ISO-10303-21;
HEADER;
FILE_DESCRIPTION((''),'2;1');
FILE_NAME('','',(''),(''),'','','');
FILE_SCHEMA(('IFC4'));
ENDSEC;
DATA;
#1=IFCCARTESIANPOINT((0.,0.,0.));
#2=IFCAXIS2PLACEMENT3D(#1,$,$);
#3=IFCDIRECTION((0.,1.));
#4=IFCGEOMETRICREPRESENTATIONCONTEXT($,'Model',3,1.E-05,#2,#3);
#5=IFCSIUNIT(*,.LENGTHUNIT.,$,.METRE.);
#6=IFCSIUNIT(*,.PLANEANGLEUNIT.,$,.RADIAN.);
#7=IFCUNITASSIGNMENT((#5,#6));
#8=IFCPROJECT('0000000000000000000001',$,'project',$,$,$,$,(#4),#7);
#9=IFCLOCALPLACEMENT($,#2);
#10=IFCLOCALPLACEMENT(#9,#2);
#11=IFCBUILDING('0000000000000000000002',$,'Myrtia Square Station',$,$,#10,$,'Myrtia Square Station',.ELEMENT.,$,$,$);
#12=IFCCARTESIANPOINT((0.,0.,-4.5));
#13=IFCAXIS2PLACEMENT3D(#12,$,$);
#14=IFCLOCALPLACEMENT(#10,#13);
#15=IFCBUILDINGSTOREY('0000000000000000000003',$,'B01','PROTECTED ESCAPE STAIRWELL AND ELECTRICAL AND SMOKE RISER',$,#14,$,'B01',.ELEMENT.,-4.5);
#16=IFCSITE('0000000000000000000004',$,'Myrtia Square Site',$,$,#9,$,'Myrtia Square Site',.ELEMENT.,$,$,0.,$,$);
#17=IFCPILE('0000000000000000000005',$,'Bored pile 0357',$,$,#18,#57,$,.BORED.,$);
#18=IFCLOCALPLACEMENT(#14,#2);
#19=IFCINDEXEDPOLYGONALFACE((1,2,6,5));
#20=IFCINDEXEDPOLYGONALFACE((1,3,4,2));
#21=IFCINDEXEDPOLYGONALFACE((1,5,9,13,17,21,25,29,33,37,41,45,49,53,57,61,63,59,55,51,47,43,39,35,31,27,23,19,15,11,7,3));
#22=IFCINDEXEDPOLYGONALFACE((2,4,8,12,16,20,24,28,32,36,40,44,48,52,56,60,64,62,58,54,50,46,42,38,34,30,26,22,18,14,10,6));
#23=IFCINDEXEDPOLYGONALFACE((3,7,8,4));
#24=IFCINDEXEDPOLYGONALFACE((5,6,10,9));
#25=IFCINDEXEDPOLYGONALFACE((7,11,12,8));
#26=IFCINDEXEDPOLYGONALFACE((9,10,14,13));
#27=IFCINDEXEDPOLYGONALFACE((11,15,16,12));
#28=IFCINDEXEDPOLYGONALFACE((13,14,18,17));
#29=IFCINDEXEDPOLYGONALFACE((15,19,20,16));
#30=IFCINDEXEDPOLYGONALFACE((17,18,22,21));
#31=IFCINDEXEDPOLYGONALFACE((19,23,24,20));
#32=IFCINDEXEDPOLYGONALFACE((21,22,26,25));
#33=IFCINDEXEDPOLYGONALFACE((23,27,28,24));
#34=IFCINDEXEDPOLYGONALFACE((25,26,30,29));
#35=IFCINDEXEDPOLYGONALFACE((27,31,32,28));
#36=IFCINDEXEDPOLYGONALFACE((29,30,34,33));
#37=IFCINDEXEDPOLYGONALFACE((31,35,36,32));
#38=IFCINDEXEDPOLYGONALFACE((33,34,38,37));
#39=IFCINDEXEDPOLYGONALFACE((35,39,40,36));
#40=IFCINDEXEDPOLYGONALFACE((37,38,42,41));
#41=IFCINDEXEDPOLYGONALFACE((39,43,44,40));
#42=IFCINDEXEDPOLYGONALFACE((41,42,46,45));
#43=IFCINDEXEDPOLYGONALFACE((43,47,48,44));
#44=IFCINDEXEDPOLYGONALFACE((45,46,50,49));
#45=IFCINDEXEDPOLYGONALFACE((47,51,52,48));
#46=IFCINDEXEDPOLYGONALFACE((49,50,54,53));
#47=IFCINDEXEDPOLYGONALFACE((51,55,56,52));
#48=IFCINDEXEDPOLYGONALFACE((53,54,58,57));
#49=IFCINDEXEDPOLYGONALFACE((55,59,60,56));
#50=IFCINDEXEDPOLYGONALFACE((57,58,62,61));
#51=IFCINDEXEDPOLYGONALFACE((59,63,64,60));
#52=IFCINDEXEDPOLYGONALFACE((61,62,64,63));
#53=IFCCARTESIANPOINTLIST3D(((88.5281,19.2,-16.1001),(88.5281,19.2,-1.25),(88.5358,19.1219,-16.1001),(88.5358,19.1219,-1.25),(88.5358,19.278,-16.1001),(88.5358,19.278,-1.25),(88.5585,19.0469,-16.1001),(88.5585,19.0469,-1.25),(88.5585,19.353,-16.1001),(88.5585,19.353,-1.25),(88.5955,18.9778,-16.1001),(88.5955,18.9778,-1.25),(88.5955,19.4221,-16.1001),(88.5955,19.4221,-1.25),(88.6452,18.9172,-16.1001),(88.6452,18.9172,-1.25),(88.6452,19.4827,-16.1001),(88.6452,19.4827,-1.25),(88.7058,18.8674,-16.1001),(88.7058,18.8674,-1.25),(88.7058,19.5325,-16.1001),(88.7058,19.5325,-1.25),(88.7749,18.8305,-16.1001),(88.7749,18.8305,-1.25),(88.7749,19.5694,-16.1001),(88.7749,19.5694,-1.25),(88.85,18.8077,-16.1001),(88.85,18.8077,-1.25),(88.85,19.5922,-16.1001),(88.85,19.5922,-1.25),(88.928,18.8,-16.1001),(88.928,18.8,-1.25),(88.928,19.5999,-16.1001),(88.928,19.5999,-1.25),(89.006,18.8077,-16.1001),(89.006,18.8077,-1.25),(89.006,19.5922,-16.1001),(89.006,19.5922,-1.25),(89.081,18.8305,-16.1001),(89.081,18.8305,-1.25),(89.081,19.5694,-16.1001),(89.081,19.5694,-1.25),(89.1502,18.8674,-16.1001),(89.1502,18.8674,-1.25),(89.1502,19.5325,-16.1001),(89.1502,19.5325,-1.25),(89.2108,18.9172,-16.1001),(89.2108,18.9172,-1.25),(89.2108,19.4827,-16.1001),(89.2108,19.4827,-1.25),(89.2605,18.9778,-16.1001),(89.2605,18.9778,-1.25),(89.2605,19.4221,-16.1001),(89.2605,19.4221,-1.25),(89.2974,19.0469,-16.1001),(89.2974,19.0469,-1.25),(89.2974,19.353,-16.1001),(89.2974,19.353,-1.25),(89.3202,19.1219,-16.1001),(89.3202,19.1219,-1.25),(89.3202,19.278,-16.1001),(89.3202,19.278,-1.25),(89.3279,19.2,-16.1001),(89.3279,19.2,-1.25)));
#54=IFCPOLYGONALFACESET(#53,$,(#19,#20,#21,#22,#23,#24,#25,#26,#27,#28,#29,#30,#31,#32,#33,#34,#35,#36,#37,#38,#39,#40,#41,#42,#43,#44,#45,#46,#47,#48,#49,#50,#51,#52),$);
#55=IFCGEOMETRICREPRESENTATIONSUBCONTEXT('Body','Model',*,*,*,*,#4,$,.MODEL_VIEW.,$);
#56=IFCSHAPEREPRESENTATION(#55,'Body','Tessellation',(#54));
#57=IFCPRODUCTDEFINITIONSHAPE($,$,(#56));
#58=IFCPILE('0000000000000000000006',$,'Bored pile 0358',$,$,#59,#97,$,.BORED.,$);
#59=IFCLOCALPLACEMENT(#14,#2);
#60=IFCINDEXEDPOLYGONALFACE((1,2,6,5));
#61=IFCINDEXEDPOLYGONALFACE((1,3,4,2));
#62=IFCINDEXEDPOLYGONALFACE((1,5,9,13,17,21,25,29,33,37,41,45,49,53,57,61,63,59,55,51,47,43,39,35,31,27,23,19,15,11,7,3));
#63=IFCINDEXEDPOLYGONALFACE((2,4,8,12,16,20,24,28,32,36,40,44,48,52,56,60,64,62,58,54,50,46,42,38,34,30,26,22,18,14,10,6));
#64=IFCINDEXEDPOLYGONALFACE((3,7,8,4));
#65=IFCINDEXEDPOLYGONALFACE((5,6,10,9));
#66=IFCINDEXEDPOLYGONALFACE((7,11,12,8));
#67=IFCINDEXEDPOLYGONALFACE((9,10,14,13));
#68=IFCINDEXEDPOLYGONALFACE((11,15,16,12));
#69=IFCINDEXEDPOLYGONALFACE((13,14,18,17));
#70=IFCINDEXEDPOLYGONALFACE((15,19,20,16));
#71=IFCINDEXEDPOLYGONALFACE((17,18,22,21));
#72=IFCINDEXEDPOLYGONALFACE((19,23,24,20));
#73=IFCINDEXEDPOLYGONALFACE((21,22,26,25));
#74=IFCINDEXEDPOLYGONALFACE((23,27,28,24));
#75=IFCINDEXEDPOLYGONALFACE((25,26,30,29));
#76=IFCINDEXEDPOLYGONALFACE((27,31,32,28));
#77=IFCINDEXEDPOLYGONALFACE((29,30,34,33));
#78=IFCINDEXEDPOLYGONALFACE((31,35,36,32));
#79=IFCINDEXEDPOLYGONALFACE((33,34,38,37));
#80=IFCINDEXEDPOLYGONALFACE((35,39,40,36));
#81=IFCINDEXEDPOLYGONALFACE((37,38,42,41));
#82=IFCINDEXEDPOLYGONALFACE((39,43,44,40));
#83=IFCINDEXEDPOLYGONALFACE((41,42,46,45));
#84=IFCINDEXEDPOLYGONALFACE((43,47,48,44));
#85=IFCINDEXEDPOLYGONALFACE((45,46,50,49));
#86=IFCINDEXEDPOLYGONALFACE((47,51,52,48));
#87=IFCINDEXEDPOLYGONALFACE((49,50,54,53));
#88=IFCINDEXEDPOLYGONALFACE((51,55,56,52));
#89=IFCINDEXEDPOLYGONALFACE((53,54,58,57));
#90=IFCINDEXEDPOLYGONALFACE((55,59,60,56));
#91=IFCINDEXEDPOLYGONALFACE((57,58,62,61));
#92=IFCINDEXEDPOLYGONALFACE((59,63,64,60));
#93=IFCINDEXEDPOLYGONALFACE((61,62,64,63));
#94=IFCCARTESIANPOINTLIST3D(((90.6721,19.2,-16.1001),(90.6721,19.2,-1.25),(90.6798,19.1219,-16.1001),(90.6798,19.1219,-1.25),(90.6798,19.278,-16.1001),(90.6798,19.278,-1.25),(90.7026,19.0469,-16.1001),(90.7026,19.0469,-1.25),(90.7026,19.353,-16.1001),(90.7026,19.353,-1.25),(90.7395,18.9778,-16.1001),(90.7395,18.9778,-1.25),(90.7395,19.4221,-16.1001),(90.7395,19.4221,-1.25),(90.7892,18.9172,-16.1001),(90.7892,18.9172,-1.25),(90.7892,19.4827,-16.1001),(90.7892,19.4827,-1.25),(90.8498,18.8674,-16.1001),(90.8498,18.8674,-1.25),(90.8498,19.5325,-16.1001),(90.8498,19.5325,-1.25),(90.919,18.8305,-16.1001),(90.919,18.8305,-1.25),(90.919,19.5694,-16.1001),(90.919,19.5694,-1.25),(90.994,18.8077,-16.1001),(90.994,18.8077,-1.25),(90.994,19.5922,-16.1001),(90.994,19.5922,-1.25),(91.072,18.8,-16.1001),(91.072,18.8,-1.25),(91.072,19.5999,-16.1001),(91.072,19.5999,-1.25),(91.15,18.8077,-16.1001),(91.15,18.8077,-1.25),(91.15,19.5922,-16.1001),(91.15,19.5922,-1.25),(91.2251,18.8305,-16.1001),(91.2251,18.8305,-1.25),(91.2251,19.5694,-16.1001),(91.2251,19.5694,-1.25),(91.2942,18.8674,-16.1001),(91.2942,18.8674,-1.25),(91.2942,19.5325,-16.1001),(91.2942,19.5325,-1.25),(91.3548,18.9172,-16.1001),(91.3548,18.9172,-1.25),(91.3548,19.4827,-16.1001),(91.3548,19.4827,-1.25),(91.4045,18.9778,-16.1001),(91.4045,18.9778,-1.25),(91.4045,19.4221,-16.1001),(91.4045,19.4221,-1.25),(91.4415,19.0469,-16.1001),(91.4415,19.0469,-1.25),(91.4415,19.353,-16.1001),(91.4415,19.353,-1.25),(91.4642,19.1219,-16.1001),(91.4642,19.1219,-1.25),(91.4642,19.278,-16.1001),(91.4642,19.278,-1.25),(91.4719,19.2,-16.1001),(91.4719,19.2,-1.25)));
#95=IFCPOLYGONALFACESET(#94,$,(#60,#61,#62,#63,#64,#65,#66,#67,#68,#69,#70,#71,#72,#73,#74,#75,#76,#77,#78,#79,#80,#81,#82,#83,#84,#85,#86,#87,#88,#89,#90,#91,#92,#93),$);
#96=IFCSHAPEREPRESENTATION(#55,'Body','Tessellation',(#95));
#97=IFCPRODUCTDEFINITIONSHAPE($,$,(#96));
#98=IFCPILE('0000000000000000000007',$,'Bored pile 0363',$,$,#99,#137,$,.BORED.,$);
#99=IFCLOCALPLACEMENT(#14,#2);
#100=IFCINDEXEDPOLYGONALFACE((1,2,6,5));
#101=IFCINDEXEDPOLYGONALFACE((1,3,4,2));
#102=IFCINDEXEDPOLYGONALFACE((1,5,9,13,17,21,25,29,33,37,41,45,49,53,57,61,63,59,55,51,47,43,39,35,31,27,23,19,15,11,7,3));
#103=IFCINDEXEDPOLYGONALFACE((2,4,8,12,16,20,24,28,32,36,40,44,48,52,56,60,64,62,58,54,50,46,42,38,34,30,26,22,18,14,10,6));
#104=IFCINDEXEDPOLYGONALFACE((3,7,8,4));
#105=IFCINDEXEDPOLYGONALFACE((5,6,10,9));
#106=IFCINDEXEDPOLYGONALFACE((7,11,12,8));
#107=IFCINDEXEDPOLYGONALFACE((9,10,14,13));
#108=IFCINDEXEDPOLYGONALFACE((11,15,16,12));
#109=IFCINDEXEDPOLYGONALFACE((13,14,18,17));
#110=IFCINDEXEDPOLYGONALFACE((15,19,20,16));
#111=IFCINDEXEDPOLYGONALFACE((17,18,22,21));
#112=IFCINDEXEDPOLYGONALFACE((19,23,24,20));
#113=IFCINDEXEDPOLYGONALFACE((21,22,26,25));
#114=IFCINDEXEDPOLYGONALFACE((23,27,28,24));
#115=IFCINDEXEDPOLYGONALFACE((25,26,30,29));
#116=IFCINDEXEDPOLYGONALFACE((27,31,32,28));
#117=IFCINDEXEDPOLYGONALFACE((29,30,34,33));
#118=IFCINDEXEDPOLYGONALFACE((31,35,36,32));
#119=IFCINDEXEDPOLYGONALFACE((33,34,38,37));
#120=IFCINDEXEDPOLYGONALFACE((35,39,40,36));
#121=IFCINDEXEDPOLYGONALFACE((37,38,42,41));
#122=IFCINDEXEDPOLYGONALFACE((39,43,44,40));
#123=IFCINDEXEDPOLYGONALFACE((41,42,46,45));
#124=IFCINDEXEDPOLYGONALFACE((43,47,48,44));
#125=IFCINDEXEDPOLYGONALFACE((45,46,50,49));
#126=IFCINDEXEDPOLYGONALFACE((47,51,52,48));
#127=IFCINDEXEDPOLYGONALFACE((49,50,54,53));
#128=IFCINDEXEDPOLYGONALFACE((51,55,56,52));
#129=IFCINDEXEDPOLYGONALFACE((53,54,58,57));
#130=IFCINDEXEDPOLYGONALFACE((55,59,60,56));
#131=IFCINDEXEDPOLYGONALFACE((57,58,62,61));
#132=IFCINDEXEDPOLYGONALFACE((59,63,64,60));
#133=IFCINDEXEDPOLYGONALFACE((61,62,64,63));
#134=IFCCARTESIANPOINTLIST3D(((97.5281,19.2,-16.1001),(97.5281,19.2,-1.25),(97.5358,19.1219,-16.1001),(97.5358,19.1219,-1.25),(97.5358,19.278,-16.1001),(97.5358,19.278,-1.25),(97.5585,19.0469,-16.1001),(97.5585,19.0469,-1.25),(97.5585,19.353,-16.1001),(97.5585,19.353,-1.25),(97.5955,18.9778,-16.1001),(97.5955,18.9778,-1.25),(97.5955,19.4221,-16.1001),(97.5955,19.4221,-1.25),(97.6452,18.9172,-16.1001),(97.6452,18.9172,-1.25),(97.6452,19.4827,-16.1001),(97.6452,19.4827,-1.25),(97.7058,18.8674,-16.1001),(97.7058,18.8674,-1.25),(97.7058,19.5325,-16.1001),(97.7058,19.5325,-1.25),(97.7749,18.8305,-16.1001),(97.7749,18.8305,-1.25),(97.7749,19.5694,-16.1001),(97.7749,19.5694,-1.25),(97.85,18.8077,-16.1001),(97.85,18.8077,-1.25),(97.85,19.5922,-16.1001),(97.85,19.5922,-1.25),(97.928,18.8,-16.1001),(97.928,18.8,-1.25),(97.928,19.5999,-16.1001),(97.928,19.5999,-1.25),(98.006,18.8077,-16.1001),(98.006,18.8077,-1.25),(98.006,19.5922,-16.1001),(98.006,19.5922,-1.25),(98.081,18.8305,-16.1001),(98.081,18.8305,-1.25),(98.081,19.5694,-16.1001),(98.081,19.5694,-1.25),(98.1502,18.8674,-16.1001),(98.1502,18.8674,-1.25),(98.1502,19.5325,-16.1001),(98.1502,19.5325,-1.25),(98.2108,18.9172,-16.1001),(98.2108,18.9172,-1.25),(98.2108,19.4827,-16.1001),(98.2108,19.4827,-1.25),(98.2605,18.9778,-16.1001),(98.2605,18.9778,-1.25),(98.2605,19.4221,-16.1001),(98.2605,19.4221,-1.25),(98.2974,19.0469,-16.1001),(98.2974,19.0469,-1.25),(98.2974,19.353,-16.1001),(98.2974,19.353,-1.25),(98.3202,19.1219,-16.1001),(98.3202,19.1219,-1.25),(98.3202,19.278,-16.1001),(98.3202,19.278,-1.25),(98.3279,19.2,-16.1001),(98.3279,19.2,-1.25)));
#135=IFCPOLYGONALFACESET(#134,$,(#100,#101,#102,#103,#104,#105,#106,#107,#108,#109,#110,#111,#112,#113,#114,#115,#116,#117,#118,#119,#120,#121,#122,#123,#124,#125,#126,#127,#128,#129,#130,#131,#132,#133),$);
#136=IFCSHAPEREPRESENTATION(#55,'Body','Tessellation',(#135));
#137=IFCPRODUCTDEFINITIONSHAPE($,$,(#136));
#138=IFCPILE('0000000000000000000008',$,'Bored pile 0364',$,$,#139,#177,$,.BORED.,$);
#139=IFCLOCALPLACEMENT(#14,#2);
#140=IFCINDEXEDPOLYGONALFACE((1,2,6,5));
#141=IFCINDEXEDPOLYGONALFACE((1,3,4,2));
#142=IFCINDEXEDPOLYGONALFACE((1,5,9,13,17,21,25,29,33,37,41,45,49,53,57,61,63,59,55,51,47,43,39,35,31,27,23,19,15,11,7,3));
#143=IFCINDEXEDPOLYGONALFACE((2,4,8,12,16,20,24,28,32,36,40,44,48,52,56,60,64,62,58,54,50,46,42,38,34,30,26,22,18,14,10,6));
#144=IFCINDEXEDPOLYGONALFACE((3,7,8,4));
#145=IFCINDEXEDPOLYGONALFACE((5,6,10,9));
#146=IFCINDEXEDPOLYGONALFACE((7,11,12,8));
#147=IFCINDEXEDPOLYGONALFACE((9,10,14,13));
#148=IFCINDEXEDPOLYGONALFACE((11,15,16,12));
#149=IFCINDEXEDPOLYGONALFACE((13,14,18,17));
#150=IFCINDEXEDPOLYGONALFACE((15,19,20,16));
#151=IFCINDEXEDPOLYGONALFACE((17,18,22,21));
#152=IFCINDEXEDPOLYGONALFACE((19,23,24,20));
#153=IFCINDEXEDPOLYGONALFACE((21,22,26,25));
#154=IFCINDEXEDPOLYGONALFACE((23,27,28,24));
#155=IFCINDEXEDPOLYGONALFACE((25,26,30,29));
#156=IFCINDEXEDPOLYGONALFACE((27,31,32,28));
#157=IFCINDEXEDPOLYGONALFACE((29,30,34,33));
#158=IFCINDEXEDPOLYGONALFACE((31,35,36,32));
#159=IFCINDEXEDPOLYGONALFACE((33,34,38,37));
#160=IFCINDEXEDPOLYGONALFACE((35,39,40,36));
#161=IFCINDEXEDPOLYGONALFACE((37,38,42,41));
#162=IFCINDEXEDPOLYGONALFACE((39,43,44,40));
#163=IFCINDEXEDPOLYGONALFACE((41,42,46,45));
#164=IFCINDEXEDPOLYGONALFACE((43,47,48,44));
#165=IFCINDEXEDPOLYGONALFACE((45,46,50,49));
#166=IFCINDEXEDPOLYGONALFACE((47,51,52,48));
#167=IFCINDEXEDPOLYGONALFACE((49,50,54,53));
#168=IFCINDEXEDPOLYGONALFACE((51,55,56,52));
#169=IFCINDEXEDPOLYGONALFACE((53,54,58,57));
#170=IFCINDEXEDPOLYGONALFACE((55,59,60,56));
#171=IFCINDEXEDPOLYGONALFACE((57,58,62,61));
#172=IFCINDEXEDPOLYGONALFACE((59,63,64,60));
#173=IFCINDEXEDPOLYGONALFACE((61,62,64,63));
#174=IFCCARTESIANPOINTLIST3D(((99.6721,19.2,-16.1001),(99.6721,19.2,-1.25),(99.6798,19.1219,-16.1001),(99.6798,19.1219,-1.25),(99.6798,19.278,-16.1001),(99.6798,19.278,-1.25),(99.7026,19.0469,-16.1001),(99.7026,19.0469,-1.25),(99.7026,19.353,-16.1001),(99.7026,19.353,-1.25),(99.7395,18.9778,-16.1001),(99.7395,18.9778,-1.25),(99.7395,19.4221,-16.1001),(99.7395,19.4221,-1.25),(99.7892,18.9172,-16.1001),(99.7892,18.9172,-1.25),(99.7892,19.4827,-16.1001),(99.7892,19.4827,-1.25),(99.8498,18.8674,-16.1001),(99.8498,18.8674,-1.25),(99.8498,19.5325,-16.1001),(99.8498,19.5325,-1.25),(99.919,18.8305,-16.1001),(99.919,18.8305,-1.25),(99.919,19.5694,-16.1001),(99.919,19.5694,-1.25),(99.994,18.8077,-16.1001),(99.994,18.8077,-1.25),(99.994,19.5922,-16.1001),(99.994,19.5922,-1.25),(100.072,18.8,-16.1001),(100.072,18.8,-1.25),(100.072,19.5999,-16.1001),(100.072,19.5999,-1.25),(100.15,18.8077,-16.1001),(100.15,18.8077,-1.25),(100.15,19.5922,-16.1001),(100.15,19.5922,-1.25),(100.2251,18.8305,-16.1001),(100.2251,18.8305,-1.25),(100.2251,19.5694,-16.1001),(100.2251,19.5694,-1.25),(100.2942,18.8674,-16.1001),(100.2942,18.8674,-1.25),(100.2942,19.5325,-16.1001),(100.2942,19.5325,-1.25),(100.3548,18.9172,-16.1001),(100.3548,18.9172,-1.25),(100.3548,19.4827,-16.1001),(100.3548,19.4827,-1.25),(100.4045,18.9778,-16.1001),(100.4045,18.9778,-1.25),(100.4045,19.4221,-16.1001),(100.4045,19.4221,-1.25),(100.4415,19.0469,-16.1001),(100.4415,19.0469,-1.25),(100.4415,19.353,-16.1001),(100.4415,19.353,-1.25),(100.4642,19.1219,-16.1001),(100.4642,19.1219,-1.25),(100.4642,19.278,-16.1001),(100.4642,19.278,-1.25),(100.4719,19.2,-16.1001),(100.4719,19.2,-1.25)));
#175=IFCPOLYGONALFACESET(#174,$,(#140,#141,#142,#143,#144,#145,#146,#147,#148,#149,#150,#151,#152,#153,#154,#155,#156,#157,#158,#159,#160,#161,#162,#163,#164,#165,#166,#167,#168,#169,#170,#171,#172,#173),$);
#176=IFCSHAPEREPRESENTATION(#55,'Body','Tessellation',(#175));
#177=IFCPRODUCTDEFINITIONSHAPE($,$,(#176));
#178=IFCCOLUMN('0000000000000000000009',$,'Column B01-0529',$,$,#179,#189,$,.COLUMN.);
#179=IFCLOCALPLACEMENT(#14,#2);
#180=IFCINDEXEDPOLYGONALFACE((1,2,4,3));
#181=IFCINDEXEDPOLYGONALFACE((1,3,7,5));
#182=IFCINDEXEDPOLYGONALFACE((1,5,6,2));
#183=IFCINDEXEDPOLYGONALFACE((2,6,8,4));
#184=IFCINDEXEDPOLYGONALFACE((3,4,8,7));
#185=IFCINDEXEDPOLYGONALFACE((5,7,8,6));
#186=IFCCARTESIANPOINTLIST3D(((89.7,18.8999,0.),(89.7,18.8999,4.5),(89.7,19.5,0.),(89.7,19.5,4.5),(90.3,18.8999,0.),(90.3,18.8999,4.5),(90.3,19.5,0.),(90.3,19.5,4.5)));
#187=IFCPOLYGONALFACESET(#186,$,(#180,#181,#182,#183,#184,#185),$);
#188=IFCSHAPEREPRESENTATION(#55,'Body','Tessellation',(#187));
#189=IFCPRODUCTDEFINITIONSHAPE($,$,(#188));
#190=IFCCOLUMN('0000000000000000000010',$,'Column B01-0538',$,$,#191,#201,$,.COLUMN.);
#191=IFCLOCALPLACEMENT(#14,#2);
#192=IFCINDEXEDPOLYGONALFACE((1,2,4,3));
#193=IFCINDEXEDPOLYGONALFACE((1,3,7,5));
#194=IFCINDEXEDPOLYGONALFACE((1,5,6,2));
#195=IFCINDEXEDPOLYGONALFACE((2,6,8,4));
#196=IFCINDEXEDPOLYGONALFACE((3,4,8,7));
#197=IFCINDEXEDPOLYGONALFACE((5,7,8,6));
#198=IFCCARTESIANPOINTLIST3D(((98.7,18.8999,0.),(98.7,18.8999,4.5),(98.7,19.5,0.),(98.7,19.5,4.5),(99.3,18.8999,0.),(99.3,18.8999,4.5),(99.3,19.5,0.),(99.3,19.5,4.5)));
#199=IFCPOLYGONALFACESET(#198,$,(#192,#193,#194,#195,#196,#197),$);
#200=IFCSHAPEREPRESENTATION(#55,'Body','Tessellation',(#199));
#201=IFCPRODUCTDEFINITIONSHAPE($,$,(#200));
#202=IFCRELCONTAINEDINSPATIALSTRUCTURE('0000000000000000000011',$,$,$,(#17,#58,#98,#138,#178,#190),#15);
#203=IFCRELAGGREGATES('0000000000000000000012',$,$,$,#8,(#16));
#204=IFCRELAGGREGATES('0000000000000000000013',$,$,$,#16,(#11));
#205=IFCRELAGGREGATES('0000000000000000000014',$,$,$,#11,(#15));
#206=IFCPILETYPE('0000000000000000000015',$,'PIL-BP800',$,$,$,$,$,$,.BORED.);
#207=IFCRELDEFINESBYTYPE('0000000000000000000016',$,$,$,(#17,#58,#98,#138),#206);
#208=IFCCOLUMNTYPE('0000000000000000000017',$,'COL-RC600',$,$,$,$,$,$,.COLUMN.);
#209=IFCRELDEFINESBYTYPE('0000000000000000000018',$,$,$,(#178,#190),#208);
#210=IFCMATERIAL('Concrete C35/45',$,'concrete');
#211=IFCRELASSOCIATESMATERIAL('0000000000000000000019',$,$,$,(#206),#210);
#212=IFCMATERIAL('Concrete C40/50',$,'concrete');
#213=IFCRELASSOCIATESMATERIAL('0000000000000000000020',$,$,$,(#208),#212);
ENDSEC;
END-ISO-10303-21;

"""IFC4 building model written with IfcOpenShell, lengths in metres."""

from ifc_helpers import new_model, si_unit, direction, frame, origin, origin_2d, place, context, subcontext, project, spatial, rectangle, circle, extrude, material, material_profile, profile_set, type_object, element, save


model = new_model("IFC4")

# Units and contexts
model_context = context("Model", 3, precision=1e-05, world=origin(), true_north=direction((0.0, 1.0)))
body_context = subcontext(model_context, "Body", "Model", "MODEL_VIEW")
ifc_project = project(units=[si_unit("LENGTHUNIT", "METRE"), si_unit("PLANEANGLEUNIT", "RADIAN")], contexts=[model_context])

# Site, building, storey
site_placement = place(None, origin())
site = spatial("IfcSite", under=ifc_project, at=site_placement, Name="Myrtia Square Site", LongName="Myrtia Square Site", CompositionType="ELEMENT", RefElevation=0.0)
building_placement = place(site_placement, origin())
building = spatial("IfcBuilding", under=site, at=building_placement, Name="Myrtia Square Station", LongName="Myrtia Square Station", CompositionType="ELEMENT")
storey_placement = place(building_placement, frame((0.0, 0.0, -4.5)))
storey = spatial("IfcBuildingStorey", under=building, at=storey_placement, Name="B01", Description="PROTECTED ESCAPE STAIRWELL AND ELECTRICAL AND SMOKE RISER", LongName="B01", CompositionType="ELEMENT", Elevation=-4.5)

# Shared definitions
ifc_material_1 = material(Name="Concrete C35/45", Category="concrete")

# Piles
ifc_material_profile_1 = material_profile(ifc_material_1, circle(Radius=0.3999, at=origin_2d()), Name="BP D800")
ifc_profile_set_1 = profile_set([ifc_material_profile_1], Name="Concrete C35/45")
pile_type = type_object("IfcPileType", Name="PIL-BP800", PredefinedType="BORED", material=ifc_profile_set_1)
for number, where, z_axis, x_axis, name in (
    (1, (88.928, 19.2, -1.25), (0.0, 0.0, -1.0), (1.0, 0.0, 0.0), "Bored pile 0357"),
    (2, (91.072, 19.2, -1.25), (0.0, 0.0, -1.0), (1.0, 0.0, 0.0), "Bored pile 0358"),
    (3, (97.928, 19.2, -1.25), (0.0, 0.0, -1.0), (1.0, 0.0, 0.0), "Bored pile 0363"),
    (4, (100.072, 19.2, -1.25), (0.0, 0.0, -1.0), (1.0, 0.0, 0.0), "Bored pile 0364"),
):
    element("IfcPile", number, at=place(storey_placement, frame(where, z_axis=z_axis, x_axis=x_axis)), inside=storey, type_object=pile_type, Name=name, PredefinedType="BORED", context=body_context, shape_type="SweptSolid", body=[
        extrude(circle(Radius=0.3999, at=origin_2d()), origin(), (0.0, 0.0, 1.0), 14.8501),
    ])

# Columns
ifc_material_2 = material(Name="Concrete C40/50", Category="concrete")
ifc_material_profile_2 = material_profile(ifc_material_2, rectangle(XDim=0.6001, YDim=0.6001, at=origin_2d()), Name="RC 600x600")
ifc_profile_set_2 = profile_set([ifc_material_profile_2], Name="Concrete C40/50")
column_type = type_object("IfcColumnType", Name="COL-RC600", PredefinedType="COLUMN", material=ifc_profile_set_2)
for number, where, z_axis, x_axis, name in (
    (5, (90.0, 19.2, 0.0), (0.0, 0.0, 1.0), (1.0, 0.0, 0.0), "Column B01-0529"),
    (6, (99.0, 19.2, 0.0), (0.0, 0.0, 1.0), (1.0, 0.0, 0.0), "Column B01-0538"),
):
    element("IfcColumn", number, at=place(storey_placement, frame(where, z_axis=z_axis, x_axis=x_axis)), inside=storey, type_object=column_type, Name=name, PredefinedType="COLUMN", context=body_context, shape_type="SweptSolid", body=[
        extrude(rectangle(XDim=0.6001, YDim=0.6001, at=origin_2d()), origin(), (0.0, 0.0, 1.0), 4.5),
    ])

save(model, "model.ifc")
